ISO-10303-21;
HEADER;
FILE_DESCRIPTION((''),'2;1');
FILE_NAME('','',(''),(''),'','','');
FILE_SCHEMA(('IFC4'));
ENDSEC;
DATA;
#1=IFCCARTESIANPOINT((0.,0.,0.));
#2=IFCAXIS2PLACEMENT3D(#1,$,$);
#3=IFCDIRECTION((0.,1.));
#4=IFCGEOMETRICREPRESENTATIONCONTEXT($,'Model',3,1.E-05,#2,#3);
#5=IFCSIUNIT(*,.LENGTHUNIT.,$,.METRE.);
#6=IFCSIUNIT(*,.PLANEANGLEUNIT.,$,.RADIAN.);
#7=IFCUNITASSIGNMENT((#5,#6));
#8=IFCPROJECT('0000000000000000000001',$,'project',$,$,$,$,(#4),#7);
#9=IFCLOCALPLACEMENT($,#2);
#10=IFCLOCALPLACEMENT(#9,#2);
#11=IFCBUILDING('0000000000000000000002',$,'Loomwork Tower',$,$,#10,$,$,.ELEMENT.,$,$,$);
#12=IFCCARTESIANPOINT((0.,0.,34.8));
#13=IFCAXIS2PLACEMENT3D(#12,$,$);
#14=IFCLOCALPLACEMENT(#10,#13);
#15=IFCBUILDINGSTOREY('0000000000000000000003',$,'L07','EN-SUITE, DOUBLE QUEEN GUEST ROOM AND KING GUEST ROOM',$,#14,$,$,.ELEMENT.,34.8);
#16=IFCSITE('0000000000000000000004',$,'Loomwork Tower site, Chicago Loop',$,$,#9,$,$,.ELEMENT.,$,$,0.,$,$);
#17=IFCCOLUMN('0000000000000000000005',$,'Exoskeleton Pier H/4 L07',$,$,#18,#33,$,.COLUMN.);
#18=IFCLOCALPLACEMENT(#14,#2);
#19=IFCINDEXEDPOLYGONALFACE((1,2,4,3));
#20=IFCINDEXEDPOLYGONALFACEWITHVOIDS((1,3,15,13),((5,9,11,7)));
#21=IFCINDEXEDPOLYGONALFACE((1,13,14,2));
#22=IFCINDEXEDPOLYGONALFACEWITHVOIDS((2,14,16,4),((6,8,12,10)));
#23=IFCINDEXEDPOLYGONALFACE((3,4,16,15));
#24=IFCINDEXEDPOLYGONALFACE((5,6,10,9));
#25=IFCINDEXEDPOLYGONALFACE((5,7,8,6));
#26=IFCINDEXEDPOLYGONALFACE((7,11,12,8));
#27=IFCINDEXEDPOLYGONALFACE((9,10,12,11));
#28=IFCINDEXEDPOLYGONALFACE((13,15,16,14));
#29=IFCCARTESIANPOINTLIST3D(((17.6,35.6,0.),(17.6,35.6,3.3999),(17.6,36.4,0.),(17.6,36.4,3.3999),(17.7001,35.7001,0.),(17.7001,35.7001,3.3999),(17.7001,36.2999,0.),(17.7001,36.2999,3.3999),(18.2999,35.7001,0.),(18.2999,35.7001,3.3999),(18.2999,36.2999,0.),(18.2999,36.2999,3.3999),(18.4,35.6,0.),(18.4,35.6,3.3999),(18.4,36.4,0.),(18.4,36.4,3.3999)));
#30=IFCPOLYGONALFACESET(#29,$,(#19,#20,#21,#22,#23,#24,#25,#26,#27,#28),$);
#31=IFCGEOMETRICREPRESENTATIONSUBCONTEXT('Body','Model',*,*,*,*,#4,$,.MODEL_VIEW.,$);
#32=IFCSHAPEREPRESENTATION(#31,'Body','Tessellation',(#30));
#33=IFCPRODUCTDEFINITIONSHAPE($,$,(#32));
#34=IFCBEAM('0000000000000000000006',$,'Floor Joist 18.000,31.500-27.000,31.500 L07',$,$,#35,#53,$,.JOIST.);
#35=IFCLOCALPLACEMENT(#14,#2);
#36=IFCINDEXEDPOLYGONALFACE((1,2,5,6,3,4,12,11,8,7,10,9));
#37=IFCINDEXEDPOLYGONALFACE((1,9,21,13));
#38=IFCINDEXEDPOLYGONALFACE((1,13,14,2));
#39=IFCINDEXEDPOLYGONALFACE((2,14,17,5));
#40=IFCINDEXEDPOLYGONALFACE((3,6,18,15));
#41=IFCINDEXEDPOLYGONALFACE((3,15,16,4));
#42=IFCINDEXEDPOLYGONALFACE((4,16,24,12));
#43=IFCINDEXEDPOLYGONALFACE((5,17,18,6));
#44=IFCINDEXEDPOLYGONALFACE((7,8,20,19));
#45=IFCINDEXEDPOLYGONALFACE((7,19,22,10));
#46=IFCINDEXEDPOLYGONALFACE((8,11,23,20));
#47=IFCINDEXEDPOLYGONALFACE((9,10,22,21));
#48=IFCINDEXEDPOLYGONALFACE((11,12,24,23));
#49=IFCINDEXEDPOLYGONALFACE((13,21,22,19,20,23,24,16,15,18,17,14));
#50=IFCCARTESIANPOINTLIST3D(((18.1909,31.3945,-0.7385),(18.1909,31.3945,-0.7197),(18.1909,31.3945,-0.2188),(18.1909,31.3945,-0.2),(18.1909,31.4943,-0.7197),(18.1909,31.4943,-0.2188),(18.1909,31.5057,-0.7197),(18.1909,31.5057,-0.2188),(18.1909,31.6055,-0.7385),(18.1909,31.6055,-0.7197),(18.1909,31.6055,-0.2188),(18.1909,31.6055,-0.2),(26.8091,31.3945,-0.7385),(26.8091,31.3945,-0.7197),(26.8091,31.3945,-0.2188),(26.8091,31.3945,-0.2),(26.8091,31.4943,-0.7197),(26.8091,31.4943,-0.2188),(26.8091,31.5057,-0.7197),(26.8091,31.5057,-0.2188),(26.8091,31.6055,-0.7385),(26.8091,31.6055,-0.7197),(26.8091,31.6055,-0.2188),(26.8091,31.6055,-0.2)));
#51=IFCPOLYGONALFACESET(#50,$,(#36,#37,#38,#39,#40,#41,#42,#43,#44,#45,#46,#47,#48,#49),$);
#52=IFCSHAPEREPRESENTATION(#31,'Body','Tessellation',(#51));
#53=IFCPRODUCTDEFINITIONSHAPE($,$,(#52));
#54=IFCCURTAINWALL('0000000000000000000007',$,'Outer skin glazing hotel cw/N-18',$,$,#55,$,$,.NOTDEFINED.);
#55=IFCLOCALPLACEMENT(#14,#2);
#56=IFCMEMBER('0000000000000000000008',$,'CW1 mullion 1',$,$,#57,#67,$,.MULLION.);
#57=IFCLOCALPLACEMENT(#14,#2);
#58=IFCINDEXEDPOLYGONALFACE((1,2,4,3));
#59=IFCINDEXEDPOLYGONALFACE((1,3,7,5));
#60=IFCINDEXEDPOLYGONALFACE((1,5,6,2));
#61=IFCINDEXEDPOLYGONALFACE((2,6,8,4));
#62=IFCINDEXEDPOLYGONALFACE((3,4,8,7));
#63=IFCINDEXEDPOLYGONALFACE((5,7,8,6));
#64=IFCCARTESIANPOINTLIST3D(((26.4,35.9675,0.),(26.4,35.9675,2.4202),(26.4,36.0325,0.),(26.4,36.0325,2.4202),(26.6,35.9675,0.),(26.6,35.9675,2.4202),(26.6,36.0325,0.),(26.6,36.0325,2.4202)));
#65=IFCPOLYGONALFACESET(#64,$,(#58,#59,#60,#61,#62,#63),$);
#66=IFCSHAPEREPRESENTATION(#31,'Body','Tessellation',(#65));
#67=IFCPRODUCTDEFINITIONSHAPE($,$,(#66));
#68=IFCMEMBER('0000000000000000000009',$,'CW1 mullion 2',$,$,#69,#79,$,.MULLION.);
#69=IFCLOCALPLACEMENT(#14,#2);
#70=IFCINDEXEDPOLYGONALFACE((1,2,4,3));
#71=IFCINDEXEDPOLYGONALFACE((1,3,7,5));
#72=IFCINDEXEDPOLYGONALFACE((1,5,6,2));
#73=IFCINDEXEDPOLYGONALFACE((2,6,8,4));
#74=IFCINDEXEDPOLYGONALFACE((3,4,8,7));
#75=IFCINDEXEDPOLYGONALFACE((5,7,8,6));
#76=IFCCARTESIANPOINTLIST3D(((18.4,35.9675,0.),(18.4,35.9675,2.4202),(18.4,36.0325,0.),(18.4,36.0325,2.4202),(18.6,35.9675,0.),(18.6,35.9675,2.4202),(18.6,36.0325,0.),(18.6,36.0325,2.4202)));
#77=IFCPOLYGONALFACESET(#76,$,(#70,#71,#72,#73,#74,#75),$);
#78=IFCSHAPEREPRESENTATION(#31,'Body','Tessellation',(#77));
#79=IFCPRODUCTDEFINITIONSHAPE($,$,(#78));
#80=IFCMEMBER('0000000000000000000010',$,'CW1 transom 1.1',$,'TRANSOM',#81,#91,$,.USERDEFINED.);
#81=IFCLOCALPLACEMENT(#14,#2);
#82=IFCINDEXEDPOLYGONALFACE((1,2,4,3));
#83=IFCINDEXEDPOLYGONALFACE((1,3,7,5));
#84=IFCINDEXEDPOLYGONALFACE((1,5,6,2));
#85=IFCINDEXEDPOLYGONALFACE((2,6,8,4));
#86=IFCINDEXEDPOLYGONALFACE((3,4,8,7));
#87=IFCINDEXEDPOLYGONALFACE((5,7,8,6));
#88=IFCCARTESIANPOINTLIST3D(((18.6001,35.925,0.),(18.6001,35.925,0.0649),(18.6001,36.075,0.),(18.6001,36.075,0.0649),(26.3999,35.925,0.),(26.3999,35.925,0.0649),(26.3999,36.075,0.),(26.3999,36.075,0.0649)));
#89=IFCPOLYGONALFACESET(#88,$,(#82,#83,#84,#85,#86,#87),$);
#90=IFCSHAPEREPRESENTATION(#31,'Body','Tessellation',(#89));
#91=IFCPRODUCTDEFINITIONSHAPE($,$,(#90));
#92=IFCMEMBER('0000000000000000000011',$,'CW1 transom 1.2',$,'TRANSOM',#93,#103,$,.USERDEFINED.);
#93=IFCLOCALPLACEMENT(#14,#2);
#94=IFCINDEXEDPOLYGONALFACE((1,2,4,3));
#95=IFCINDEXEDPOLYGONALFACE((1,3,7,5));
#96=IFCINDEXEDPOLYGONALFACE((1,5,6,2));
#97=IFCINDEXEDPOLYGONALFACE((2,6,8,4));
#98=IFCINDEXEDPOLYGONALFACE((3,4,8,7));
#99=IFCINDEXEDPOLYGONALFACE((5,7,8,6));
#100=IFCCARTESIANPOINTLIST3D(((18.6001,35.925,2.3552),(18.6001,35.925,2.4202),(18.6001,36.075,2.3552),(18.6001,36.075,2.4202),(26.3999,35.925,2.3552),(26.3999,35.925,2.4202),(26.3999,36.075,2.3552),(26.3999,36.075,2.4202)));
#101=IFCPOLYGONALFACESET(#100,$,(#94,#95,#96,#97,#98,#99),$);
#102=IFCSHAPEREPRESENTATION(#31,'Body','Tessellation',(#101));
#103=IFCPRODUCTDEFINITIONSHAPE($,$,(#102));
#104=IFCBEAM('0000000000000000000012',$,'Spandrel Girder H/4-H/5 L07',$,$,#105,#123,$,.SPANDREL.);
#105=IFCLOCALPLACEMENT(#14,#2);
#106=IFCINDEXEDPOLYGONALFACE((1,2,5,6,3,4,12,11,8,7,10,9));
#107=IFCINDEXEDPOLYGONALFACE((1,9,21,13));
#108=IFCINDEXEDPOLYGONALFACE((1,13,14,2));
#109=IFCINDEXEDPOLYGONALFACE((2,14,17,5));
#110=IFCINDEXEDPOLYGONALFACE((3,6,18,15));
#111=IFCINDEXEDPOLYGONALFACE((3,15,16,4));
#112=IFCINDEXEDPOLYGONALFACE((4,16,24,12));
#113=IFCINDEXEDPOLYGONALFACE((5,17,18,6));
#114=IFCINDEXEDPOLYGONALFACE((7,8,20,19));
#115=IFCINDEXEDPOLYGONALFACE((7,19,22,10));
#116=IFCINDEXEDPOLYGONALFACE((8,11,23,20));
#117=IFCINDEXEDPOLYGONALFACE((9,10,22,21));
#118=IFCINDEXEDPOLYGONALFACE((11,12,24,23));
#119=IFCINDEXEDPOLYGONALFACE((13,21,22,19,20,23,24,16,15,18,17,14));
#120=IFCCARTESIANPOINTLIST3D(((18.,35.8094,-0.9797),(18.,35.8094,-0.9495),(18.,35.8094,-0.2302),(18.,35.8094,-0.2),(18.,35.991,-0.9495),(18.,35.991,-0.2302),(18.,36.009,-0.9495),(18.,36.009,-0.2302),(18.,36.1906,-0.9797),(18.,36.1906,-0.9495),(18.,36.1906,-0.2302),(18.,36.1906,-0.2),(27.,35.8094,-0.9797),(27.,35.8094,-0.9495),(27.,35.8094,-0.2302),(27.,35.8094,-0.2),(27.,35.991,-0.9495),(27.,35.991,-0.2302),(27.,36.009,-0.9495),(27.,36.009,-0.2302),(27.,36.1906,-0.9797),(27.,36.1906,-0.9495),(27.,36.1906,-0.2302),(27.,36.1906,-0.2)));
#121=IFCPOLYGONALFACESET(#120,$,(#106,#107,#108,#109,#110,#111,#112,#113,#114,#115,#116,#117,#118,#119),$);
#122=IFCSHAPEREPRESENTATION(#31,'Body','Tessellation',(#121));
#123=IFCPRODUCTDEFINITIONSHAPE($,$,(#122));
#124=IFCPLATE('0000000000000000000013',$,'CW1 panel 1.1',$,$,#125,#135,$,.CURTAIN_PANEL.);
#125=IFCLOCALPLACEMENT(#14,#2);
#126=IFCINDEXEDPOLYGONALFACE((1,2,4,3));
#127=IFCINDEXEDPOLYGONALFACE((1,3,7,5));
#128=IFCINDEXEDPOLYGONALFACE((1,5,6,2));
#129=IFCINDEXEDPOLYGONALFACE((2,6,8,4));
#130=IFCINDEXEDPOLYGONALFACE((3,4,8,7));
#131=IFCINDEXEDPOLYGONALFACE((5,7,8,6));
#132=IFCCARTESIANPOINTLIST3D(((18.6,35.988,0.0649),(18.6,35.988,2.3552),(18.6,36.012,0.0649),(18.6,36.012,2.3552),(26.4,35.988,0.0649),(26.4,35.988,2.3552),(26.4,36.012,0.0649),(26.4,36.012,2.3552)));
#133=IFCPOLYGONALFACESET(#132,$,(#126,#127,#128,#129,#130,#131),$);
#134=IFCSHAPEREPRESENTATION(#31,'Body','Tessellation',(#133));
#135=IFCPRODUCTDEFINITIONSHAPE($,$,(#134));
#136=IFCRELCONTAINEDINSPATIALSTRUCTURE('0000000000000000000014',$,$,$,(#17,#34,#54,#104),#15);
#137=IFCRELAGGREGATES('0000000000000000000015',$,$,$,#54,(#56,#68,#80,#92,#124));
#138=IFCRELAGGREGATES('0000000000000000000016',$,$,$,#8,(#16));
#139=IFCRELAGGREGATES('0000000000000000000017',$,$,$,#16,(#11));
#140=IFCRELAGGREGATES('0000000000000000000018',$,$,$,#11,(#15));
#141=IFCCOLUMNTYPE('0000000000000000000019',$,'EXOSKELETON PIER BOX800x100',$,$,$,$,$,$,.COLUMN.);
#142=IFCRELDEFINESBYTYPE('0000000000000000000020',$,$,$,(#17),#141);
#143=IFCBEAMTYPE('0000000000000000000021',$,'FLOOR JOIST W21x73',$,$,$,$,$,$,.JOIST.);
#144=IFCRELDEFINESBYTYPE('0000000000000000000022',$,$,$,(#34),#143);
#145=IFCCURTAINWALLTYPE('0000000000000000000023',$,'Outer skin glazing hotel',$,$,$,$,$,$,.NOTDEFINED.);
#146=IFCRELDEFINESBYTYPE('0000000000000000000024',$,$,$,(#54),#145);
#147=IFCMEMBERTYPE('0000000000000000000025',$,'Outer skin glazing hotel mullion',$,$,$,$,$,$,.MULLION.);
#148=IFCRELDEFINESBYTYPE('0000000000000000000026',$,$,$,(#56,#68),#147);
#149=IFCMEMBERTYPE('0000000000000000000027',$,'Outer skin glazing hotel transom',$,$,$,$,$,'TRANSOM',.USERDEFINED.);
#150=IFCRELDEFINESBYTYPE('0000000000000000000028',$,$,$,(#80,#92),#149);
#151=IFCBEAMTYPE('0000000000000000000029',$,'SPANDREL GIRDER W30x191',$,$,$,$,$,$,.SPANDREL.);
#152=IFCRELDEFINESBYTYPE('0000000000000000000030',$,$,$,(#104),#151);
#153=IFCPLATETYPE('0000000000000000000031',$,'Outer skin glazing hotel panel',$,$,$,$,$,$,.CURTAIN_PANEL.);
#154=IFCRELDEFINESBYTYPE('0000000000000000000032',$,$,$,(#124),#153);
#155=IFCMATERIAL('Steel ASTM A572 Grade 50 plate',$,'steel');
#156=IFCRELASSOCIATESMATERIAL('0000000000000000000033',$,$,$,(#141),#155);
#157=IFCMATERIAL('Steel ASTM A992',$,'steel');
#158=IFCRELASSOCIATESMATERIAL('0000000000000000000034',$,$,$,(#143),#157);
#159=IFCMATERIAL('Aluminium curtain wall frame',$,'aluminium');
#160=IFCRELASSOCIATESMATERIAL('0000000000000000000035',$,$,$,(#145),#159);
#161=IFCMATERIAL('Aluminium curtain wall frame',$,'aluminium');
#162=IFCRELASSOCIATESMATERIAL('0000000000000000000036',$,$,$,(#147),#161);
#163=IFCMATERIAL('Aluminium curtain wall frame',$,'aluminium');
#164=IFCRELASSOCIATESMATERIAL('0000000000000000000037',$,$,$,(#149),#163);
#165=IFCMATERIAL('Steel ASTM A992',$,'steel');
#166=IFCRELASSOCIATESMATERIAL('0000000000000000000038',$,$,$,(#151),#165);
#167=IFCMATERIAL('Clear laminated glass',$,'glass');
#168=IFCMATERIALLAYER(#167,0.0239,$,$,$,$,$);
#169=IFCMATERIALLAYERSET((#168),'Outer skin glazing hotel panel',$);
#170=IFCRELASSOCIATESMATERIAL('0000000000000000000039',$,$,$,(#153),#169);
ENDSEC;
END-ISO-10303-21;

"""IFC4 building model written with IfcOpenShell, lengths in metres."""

from ifc_helpers import new_model, si_unit, direction, frame, origin, origin_2d, place, context, subcontext, project, spatial, rectangle, hollow_rectangle, i_section, extrude, material, layer, layer_set, material_profile, profile_set, type_object, element, aggregate, save


model = new_model("IFC4")

# Units and contexts
model_context = context("Model", 3, precision=1e-05, world=origin(), true_north=direction((0.0, 1.0)))
body_context = subcontext(model_context, "Body", "Model", "MODEL_VIEW")
ifc_project = project(units=[si_unit("LENGTHUNIT", "METRE"), si_unit("PLANEANGLEUNIT", "RADIAN")], contexts=[model_context])

# Site, building, storey
site_placement = place(None, origin())
site = spatial("IfcSite", under=ifc_project, at=site_placement, Name="Loomwork Tower site, Chicago Loop", CompositionType="ELEMENT", RefElevation=0.0)
building_placement = place(site_placement, origin())
building = spatial("IfcBuilding", under=site, at=building_placement, Name="Loomwork Tower", CompositionType="ELEMENT")
storey_placement = place(building_placement, frame((0.0, 0.0, 34.8)))
storey = spatial("IfcBuildingStorey", under=building, at=storey_placement, Name="L07", Description="EN-SUITE, DOUBLE QUEEN GUEST ROOM AND KING GUEST ROOM", CompositionType="ELEMENT", Elevation=34.8)

# Column
ifc_material_1 = material(Name="Steel ASTM A572 Grade 50 plate", Category="steel")
ifc_material_profile_1 = material_profile(ifc_material_1, hollow_rectangle(XDim=0.8, YDim=0.8, WallThickness=0.1001, at=origin_2d()), Name="BOX800x100")
ifc_profile_set_1 = profile_set([ifc_material_profile_1], Name="Steel ASTM A572 Grade 50 plate")
column_type = type_object("IfcColumnType", Name="EXOSKELETON PIER BOX800x100", PredefinedType="COLUMN", material=ifc_profile_set_1)
column_placement = place(storey_placement, frame((18.0, 36.0, 0.0), z_axis=(0.0, 0.0, 1.0), x_axis=(1.0, 0.0, 0.0)))
element("IfcColumn", 1, at=column_placement, inside=storey, type_object=column_type, Name="Exoskeleton Pier H/4 L07", PredefinedType="COLUMN", context=body_context, shape_type="SweptSolid", body=[
    extrude(hollow_rectangle(XDim=0.8, YDim=0.8, WallThickness=0.1001, at=origin_2d()), origin(), (0.0, 0.0, 1.0), 3.3999),
])

# Beam
ifc_material_2 = material(Name="Steel ASTM A992", Category="steel")
ifc_material_profile_2 = material_profile(ifc_material_2, i_section(OverallWidth=0.2109, OverallDepth=0.5386, WebThickness=0.0115, FlangeThickness=0.0188, at=origin_2d()), Name="W21x73")
ifc_profile_set_2 = profile_set([ifc_material_profile_2], Name="Steel ASTM A992")
beam_type_1 = type_object("IfcBeamType", Name="FLOOR JOIST W21x73", PredefinedType="JOIST", material=ifc_profile_set_2)
beam_1_placement = place(storey_placement, frame((18.1909, 31.5, -0.4692), z_axis=(1.0, 0.0, 0.0), x_axis=(0.0, 1.0, 0.0)))
element("IfcBeam", 2, at=beam_1_placement, inside=storey, type_object=beam_type_1, Name="Floor Joist 18.000,31.500-27.000,31.500 L07", PredefinedType="JOIST", context=body_context, shape_type="SweptSolid", body=[
    extrude(i_section(OverallWidth=0.2109, OverallDepth=0.5386, WebThickness=0.0115, FlangeThickness=0.0188, at=origin_2d()), origin(), (0.0, 0.0, 1.0), 8.6182),
])

# Curtain wall, members
ifc_material_3 = material(Name="Aluminium curtain wall frame", Category="aluminium")
curtain_wall_type = type_object("IfcCurtainWallType", Name="Outer skin glazing hotel", PredefinedType="NOTDEFINED", material=ifc_material_3)
curtain_wall_placement = place(storey_placement, origin())
curtain_wall = element("IfcCurtainWall", 3, at=curtain_wall_placement, inside=storey, type_object=curtain_wall_type, Name="Outer skin glazing hotel cw/N-18", PredefinedType="NOTDEFINED")
ifc_material_4 = material(Name="Aluminium curtain wall frame", Category="aluminium")
ifc_material_profile_3 = material_profile(ifc_material_4, rectangle(XDim=0.0649, YDim=0.2, at=origin_2d()), Name="AL 65x200")
ifc_profile_set_3 = profile_set([ifc_material_profile_3], Name="Aluminium curtain wall frame")
member_type_1 = type_object("IfcMemberType", Name="Outer skin glazing hotel mullion", PredefinedType="MULLION", material=ifc_profile_set_3)
member_1_placement = place(storey_placement, frame((26.5, 36.0, 0.0), z_axis=(0.0, 0.0, 1.0), x_axis=(0.0, -1.0, 0.0)))
member_1 = element("IfcMember", 4, at=member_1_placement, type_object=member_type_1, Name="CW1 mullion 1", PredefinedType="MULLION", context=body_context, shape_type="SweptSolid", body=[
    extrude(rectangle(XDim=0.0649, YDim=0.2, at=origin_2d()), origin(), (0.0, 0.0, 1.0), 2.4202),
])
member_2_placement = place(storey_placement, frame((18.5, 36.0, 0.0), z_axis=(0.0, 0.0, 1.0), x_axis=(0.0, -1.0, 0.0)))
member_2 = element("IfcMember", 5, at=member_2_placement, type_object=member_type_1, Name="CW1 mullion 2", PredefinedType="MULLION", context=body_context, shape_type="SweptSolid", body=[
    extrude(rectangle(XDim=0.0649, YDim=0.2, at=origin_2d()), origin(), (0.0, 0.0, 1.0), 2.4202),
])
ifc_material_5 = material(Name="Aluminium curtain wall frame", Category="aluminium")
ifc_material_profile_4 = material_profile(ifc_material_5, rectangle(XDim=0.1499, YDim=0.0649, at=origin_2d()), Name="AL 65x150")
ifc_profile_set_4 = profile_set([ifc_material_profile_4], Name="Aluminium curtain wall frame")
member_type_2 = type_object("IfcMemberType", Name="Outer skin glazing hotel transom", ElementType="TRANSOM", PredefinedType="USERDEFINED", material=ifc_profile_set_4)
member_3_placement = place(storey_placement, frame((26.3999, 36.0, 0.0325), z_axis=(-1.0, 0.0, 0.0), x_axis=(0.0, -1.0, 0.0)))
member_3 = element("IfcMember", 6, at=member_3_placement, type_object=member_type_2, Name="CW1 transom 1.1", ObjectType="TRANSOM", PredefinedType="USERDEFINED", context=body_context, shape_type="SweptSolid", body=[
    extrude(rectangle(XDim=0.1499, YDim=0.0649, at=origin_2d()), origin(), (0.0, 0.0, 1.0), 7.7998),
])
member_4_placement = place(storey_placement, frame((26.3999, 36.0, 2.3877), z_axis=(-1.0, 0.0, 0.0), x_axis=(0.0, -1.0, 0.0)))
member_4 = element("IfcMember", 7, at=member_4_placement, type_object=member_type_2, Name="CW1 transom 1.2", ObjectType="TRANSOM", PredefinedType="USERDEFINED", context=body_context, shape_type="SweptSolid", body=[
    extrude(rectangle(XDim=0.1499, YDim=0.0649, at=origin_2d()), origin(), (0.0, 0.0, 1.0), 7.7998),
])

# Beam
ifc_material_6 = material(Name="Steel ASTM A992", Category="steel")
ifc_material_profile_5 = material_profile(ifc_material_6, i_section(OverallWidth=0.3811, OverallDepth=0.7798, WebThickness=0.0181, FlangeThickness=0.0303, at=origin_2d()), Name="W30x191")
ifc_profile_set_5 = profile_set([ifc_material_profile_5], Name="Steel ASTM A992")
beam_type_2 = type_object("IfcBeamType", Name="SPANDREL GIRDER W30x191", PredefinedType="SPANDREL", material=ifc_profile_set_5)
beam_2_placement = place(storey_placement, frame((18.0, 36.0, -0.5898), z_axis=(1.0, 0.0, 0.0), x_axis=(0.0, 1.0, 0.0)))
element("IfcBeam", 8, at=beam_2_placement, inside=storey, type_object=beam_type_2, Name="Spandrel Girder H/4-H/5 L07", PredefinedType="SPANDREL", context=body_context, shape_type="SweptSolid", body=[
    extrude(i_section(OverallWidth=0.3811, OverallDepth=0.7798, WebThickness=0.0181, FlangeThickness=0.0303, at=origin_2d()), origin(), (0.0, 0.0, 1.0), 9.0),
])

# Plate
ifc_material_7 = material(Name="Clear laminated glass", Category="glass")
ifc_layer_1 = layer(ifc_material_7, 0.0239)
ifc_layer_set_1 = layer_set([ifc_layer_1], Name="Outer skin glazing hotel panel")
plate_type = type_object("IfcPlateType", Name="Outer skin glazing hotel panel", PredefinedType="CURTAIN_PANEL", material=ifc_layer_set_1)
plate_placement = place(storey_placement, frame((22.5, 36.0, 0.0649), z_axis=(0.0, 0.0, 1.0), x_axis=(-1.0, 0.0, 0.0)))
plate = element("IfcPlate", 9, at=plate_placement, type_object=plate_type, Name="CW1 panel 1.1", PredefinedType="CURTAIN_PANEL", context=body_context, shape_type="SweptSolid", body=[
    extrude(rectangle(XDim=7.8, YDim=0.0239, at=origin_2d()), origin(), (0.0, 0.0, 1.0), 2.2903),
])
aggregate(curtain_wall, [member_1, member_2, member_3, member_4, plate])

save(model, "model.ifc")
